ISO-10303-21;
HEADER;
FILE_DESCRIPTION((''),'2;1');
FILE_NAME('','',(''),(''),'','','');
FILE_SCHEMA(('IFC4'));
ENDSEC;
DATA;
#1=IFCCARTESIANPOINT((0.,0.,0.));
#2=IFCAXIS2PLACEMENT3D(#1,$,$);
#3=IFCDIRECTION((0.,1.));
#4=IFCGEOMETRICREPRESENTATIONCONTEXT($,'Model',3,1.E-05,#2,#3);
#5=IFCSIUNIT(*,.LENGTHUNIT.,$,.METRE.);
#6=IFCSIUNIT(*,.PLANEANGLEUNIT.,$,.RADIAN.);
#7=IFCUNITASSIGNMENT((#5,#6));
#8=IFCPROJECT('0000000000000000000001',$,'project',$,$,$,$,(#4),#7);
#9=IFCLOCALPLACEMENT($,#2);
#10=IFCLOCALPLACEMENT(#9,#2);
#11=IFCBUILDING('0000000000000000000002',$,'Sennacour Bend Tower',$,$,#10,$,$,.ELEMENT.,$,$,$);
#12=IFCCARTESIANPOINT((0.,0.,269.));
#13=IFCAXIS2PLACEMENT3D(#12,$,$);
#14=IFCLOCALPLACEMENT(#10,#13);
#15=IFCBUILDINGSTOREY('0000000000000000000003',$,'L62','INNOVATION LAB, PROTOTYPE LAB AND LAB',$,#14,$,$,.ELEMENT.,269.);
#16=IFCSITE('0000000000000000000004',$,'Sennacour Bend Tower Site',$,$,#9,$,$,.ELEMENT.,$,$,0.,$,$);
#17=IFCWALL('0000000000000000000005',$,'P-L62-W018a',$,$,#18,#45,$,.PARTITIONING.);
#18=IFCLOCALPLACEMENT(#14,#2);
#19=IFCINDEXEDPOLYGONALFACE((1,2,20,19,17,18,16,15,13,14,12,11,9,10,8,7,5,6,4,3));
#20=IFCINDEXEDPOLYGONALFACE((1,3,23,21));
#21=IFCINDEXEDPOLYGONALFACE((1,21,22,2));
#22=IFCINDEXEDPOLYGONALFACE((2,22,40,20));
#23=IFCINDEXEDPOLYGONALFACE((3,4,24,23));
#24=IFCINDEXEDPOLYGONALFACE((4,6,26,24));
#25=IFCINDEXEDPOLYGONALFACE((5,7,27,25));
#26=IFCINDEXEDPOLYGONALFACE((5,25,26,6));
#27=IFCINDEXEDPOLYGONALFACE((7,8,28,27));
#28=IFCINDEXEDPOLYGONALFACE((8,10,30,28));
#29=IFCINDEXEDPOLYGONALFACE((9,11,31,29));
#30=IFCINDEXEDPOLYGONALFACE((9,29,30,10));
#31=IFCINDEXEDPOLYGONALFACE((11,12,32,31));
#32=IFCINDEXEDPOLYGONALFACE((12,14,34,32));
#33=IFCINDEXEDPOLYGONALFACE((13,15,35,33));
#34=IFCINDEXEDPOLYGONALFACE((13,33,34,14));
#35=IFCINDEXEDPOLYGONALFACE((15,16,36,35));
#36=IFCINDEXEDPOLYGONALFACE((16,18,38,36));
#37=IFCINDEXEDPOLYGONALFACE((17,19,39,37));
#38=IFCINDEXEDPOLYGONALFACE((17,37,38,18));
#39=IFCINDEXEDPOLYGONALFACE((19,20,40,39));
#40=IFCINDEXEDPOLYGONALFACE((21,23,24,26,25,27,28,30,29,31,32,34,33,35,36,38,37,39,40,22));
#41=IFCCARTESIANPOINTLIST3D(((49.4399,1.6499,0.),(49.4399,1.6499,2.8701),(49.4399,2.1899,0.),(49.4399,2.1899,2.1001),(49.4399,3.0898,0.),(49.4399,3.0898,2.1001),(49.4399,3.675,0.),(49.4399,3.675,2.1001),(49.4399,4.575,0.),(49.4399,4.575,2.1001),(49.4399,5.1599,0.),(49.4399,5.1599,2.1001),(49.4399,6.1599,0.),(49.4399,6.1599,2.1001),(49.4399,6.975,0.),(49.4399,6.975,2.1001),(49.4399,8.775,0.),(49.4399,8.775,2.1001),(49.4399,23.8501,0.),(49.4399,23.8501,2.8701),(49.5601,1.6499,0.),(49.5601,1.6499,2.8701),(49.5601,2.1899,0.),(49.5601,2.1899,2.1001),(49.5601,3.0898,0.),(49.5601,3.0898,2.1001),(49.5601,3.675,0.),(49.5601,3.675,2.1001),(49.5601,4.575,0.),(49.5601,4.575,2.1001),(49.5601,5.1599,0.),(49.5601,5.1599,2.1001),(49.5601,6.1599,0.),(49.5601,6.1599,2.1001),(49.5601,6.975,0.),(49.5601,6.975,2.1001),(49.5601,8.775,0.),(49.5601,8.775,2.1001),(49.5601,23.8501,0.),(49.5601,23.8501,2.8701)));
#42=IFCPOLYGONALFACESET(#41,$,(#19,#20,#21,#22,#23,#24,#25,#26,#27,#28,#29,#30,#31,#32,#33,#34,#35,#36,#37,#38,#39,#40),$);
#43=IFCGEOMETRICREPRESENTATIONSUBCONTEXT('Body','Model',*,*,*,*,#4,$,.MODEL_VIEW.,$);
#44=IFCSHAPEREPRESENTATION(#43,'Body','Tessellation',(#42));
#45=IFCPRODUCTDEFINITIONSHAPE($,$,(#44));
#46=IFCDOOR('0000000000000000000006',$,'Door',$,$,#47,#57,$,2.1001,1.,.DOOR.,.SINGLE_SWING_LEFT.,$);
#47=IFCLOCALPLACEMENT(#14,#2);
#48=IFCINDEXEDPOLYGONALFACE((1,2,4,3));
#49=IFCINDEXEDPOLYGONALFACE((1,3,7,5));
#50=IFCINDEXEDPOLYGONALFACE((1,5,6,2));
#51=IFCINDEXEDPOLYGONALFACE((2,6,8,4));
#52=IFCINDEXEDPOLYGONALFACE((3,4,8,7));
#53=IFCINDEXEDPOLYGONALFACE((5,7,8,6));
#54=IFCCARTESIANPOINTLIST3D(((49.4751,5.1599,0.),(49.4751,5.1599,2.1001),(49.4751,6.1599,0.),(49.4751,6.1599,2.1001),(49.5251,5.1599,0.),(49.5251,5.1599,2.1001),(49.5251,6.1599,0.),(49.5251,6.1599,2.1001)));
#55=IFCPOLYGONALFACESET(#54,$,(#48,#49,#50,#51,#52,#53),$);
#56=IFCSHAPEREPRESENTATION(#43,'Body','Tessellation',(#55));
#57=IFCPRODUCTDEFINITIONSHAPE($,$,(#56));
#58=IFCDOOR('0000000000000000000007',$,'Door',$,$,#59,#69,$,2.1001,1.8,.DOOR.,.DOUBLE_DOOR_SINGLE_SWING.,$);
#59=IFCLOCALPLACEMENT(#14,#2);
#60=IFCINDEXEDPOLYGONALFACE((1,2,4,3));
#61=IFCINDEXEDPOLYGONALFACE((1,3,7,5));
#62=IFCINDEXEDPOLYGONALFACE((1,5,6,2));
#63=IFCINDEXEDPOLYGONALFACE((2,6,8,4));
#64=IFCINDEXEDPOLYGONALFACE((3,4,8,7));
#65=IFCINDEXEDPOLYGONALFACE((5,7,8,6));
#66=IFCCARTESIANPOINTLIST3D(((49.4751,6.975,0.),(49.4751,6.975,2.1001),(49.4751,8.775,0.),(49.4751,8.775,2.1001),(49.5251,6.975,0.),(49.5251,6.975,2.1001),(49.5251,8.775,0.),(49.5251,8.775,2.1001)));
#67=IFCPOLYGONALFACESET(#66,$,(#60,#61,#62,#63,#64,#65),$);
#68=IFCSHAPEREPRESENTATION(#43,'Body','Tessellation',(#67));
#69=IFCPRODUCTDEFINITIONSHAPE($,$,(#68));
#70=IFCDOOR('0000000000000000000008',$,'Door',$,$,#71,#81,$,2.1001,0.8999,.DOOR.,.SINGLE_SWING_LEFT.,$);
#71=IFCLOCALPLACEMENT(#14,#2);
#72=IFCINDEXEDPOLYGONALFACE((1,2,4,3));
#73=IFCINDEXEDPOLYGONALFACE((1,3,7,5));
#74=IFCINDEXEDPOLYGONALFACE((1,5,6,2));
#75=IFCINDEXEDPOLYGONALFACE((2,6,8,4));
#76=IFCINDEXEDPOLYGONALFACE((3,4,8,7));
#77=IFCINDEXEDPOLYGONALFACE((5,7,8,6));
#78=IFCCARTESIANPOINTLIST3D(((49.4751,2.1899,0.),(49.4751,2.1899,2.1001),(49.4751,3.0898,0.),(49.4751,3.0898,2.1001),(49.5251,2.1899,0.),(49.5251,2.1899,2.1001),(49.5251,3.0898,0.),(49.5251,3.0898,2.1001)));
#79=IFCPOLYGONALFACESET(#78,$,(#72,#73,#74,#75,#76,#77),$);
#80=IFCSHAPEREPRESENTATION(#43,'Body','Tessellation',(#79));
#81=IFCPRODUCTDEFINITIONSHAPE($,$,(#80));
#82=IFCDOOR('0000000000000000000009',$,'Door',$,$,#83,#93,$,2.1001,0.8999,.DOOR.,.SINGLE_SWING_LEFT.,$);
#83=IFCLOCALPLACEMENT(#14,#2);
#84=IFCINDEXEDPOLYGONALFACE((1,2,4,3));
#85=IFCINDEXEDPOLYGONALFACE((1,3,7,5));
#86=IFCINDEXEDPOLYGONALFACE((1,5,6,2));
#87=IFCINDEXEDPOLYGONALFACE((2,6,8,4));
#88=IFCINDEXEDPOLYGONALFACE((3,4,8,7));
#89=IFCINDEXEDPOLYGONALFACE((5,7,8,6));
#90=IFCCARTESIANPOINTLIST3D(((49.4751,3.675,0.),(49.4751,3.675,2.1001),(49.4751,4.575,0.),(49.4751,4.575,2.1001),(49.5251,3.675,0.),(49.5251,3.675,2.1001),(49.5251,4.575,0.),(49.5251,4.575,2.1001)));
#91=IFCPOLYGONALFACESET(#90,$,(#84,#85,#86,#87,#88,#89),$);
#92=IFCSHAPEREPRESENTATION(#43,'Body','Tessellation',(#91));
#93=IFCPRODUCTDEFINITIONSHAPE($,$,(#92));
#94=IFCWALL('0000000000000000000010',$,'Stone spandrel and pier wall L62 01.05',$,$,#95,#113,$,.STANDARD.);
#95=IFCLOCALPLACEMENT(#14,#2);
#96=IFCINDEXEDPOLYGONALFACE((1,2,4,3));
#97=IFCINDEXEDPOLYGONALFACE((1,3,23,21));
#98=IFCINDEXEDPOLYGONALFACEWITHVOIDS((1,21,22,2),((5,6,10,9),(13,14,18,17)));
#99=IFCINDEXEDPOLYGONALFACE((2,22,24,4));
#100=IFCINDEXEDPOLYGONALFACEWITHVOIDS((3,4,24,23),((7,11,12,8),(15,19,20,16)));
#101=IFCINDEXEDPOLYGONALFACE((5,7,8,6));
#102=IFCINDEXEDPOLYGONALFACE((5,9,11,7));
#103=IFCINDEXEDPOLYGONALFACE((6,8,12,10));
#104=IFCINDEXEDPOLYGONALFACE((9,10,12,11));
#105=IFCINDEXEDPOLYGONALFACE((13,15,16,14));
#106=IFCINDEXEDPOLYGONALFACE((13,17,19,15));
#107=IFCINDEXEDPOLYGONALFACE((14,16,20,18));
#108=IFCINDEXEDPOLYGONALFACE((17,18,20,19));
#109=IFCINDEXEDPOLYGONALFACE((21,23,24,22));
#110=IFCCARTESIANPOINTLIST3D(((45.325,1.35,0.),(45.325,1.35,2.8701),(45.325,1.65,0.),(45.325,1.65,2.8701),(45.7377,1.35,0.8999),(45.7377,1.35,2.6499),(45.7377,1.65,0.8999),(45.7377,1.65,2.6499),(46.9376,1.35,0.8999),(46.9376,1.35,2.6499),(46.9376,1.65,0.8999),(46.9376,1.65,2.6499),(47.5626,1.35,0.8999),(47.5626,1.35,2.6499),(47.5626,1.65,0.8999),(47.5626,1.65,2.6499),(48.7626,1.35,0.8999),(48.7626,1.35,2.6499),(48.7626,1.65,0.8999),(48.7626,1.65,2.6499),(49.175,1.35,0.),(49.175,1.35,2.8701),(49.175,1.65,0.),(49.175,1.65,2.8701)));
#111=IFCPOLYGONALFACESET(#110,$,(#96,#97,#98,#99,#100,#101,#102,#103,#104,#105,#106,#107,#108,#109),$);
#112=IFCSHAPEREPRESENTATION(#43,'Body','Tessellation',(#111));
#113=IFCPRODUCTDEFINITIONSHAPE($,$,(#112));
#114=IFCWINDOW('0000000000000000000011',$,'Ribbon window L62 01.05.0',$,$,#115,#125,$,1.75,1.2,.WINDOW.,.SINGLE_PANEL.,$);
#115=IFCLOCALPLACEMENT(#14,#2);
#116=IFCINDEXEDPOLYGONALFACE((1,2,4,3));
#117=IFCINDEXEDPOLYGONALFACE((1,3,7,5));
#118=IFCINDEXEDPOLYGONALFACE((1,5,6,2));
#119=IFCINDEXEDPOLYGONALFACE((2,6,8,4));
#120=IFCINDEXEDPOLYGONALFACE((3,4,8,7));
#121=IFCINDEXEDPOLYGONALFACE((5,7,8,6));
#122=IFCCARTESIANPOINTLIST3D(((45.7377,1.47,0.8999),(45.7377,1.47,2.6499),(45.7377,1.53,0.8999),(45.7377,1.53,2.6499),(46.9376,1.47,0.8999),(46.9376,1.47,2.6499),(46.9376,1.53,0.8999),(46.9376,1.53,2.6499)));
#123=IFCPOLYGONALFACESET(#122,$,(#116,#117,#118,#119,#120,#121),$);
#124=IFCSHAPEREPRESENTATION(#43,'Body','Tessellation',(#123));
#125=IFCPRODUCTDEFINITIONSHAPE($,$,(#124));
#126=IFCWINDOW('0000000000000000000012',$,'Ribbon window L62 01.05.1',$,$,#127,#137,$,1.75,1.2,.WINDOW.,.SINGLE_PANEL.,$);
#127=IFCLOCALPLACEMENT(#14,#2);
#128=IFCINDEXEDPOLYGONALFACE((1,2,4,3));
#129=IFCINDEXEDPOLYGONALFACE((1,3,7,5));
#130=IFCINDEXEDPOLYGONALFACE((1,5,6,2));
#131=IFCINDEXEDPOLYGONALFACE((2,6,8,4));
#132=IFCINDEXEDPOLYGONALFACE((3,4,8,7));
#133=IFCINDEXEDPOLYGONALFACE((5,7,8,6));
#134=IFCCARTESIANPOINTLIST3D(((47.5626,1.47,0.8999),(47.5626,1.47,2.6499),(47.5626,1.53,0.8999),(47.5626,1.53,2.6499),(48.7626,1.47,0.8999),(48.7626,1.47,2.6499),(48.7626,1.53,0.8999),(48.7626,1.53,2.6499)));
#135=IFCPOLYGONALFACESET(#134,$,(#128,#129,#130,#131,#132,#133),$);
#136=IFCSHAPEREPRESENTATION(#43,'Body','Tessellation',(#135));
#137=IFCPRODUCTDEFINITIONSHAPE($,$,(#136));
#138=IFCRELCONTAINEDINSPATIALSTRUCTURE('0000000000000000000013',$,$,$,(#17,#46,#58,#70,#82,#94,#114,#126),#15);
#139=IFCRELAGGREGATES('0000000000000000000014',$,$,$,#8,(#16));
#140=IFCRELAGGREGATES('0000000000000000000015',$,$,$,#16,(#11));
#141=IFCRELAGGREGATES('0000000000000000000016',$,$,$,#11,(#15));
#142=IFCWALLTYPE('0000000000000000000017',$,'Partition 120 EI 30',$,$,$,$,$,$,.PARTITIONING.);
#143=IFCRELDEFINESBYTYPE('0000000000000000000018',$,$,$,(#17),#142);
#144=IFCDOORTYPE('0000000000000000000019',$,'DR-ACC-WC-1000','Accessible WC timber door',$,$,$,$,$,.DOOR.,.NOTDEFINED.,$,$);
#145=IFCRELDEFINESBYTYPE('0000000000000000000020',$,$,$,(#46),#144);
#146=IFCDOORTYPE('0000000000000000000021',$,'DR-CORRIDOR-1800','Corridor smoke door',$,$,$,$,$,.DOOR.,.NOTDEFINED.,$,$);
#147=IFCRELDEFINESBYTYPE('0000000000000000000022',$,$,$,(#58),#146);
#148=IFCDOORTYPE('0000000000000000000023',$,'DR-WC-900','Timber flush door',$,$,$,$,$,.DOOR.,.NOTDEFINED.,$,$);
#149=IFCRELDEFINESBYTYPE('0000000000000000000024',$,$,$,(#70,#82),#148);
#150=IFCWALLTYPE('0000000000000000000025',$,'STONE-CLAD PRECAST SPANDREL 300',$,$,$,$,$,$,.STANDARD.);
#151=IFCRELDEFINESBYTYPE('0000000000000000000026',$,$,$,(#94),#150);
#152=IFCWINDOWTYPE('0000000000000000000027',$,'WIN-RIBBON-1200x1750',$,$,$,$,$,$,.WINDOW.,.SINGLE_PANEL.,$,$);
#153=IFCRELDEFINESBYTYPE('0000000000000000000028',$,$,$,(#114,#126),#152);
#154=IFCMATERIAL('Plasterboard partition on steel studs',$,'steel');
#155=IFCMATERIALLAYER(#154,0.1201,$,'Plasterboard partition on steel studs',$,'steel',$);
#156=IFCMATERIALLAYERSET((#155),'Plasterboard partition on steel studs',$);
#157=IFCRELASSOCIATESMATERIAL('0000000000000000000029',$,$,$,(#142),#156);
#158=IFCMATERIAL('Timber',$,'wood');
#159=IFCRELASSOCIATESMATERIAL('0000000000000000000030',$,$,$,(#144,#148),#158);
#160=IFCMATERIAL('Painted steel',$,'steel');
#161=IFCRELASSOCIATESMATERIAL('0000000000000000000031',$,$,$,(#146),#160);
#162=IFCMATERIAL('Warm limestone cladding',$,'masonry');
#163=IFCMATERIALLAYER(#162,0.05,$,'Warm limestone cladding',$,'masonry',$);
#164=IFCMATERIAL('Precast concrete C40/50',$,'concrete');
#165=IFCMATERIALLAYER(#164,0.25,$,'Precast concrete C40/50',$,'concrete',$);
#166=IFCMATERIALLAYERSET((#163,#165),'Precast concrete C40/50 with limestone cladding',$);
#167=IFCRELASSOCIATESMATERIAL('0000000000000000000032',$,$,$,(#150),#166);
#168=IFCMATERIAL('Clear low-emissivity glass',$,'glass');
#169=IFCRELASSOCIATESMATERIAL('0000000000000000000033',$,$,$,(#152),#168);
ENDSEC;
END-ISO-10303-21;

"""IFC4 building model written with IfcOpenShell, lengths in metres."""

from ifc_helpers import new_model, si_unit, direction, frame, frame_2d, origin, place, context, subcontext, project, spatial, rectangle, extrude, material, layer, layer_set, type_object, element, fill, save


model = new_model("IFC4")

# Units and contexts
model_context = context("Model", 3, precision=1e-05, world=origin(), true_north=direction((0.0, 1.0)))
body_context = subcontext(model_context, "Body", "Model", "MODEL_VIEW")
ifc_project = project(units=[si_unit("LENGTHUNIT", "METRE"), si_unit("PLANEANGLEUNIT", "RADIAN")], contexts=[model_context])

# Site, building, storey
site_placement = place(None, origin())
site = spatial("IfcSite", under=ifc_project, at=site_placement, Name="Sennacour Bend Tower Site", CompositionType="ELEMENT", RefElevation=0.0)
building_placement = place(site_placement, origin())
building = spatial("IfcBuilding", under=site, at=building_placement, Name="Sennacour Bend Tower", CompositionType="ELEMENT")
storey_placement = place(building_placement, frame((0.0, 0.0, 269.0)))
storey = spatial("IfcBuildingStorey", under=building, at=storey_placement, Name="L62", Description="INNOVATION LAB, PROTOTYPE LAB AND LAB", CompositionType="ELEMENT", Elevation=269.0)

# Shared definitions
ifc_material_1 = material(Name="Painted steel", Category="steel")

# Shared definitions
ifc_material_2 = material(Name="Plasterboard partition on steel studs", Category="steel")

# Wall, openings, doors
ifc_layer_1 = layer(ifc_material_2, 0.1201, Name="Plasterboard partition on steel studs", Category="steel")
ifc_layer_set_1 = layer_set([ifc_layer_1], Name="Plasterboard partition on steel studs")
wall_type_1 = type_object("IfcWallType", Name="Partition 120 EI 30", PredefinedType="PARTITIONING", material=ifc_layer_set_1)
wall_1_placement = place(storey_placement, frame((49.5, 1.6499, 0.0), z_axis=(0.0, 0.0, 1.0), x_axis=(0.0, 1.0, 0.0)))
wall_1 = element("IfcWall", 1, at=wall_1_placement, inside=storey, type_object=wall_type_1, Name="P-L62-W018a", PredefinedType="PARTITIONING", context=body_context, shape_type="SweptSolid", body=[
    extrude(rectangle(XDim=22.2002, YDim=0.1201, at=frame_2d((11.1001, 0.0))), origin(), (0.0, 0.0, 1.0), 2.8701),
])
opening_1_placement = place(wall_1_placement, frame((5.3252, 0.0, 0.0)))
opening_1 = element("IfcOpeningElement", 2, at=opening_1_placement, cuts=wall_1, PredefinedType="OPENING", context=body_context, shape_type="SweptSolid", body=[
    extrude(rectangle(XDim=1.8, YDim=2.1001, at=frame_2d((0.8999, 1.05))), frame((0.0, 0.0701, 0.0), z_axis=(0.0, -1.0, 0.0), x_axis=(1.0, 0.0, 0.0)), (0.0, 0.0, 1.0), 0.1401),
])
opening_2_placement = place(wall_1_placement, frame((0.54, 0.0, 0.0)))
opening_2 = element("IfcOpeningElement", 3, at=opening_2_placement, cuts=wall_1, PredefinedType="OPENING", context=body_context, shape_type="SweptSolid", body=[
    extrude(rectangle(XDim=0.8999, YDim=2.1001, at=frame_2d((0.45, 1.05))), frame((0.0, 0.0701, 0.0), z_axis=(0.0, -1.0, 0.0), x_axis=(1.0, 0.0, 0.0)), (0.0, 0.0, 1.0), 0.1401),
])
opening_3_placement = place(wall_1_placement, frame((2.0251, 0.0, 0.0)))
opening_3 = element("IfcOpeningElement", 4, at=opening_3_placement, cuts=wall_1, PredefinedType="OPENING", context=body_context, shape_type="SweptSolid", body=[
    extrude(rectangle(XDim=0.8999, YDim=2.1001, at=frame_2d((0.45, 1.05))), frame((0.0, 0.0701, 0.0), z_axis=(0.0, -1.0, 0.0), x_axis=(1.0, 0.0, 0.0)), (0.0, 0.0, 1.0), 0.1401),
])
opening_4_placement = place(wall_1_placement, frame((3.51, 0.0, 0.0)))
opening_4 = element("IfcOpeningElement", 5, at=opening_4_placement, cuts=wall_1, PredefinedType="OPENING", context=body_context, shape_type="SweptSolid", body=[
    extrude(rectangle(XDim=1.0, YDim=2.1001, at=frame_2d((0.5, 1.05))), frame((0.0, 0.0701, 0.0), z_axis=(0.0, -1.0, 0.0), x_axis=(1.0, 0.0, 0.0)), (0.0, 0.0, 1.0), 0.1401),
])
ifc_material_3 = material(Name="Timber", Category="wood")
door_type_1 = type_object("IfcDoorType", Name="DR-ACC-WC-1000", Description="Accessible WC timber door", OperationType="NOTDEFINED", PredefinedType="DOOR", material=ifc_material_3)
door_1_placement = place(opening_4_placement, origin())
door_1 = element("IfcDoor", 6, at=door_1_placement, inside=storey, type_object=door_type_1, Name="Door", OperationType="SINGLE_SWING_LEFT", OverallHeight=2.1001, OverallWidth=1.0, PredefinedType="DOOR", context=body_context, shape_type="SweptSolid", body=[
    extrude(rectangle(XDim=1.0, YDim=2.1001, at=frame_2d((0.5, 1.05))), frame((0.0, 0.0249, 0.0), z_axis=(0.0, -1.0, 0.0), x_axis=(1.0, 0.0, 0.0)), (0.0, 0.0, 1.0), 0.05),
])
fill(opening_4, door_1)
door_type_2 = type_object("IfcDoorType", Name="DR-CORRIDOR-1800", Description="Corridor smoke door", OperationType="NOTDEFINED", PredefinedType="DOOR", material=ifc_material_1)
door_2_placement = place(opening_1_placement, origin())
door_2 = element("IfcDoor", 7, at=door_2_placement, inside=storey, type_object=door_type_2, Name="Door", OperationType="DOUBLE_DOOR_SINGLE_SWING", OverallHeight=2.1001, OverallWidth=1.8, PredefinedType="DOOR", context=body_context, shape_type="SweptSolid", body=[
    extrude(rectangle(XDim=1.8, YDim=2.1001, at=frame_2d((0.8999, 1.05))), frame((0.0, 0.0249, 0.0), z_axis=(0.0, -1.0, 0.0), x_axis=(1.0, 0.0, 0.0)), (0.0, 0.0, 1.0), 0.05),
])
fill(opening_1, door_2)
door_type_3 = type_object("IfcDoorType", Name="DR-WC-900", Description="Timber flush door", OperationType="NOTDEFINED", PredefinedType="DOOR", material=ifc_material_3)
door_3_placement = place(opening_2_placement, origin())
door_3 = element("IfcDoor", 8, at=door_3_placement, inside=storey, type_object=door_type_3, Name="Door", OperationType="SINGLE_SWING_LEFT", OverallHeight=2.1001, OverallWidth=0.8999, PredefinedType="DOOR", context=body_context, shape_type="SweptSolid", body=[
    extrude(rectangle(XDim=0.8999, YDim=2.1001, at=frame_2d((0.45, 1.05))), frame((0.0, 0.0249, 0.0), z_axis=(0.0, -1.0, 0.0), x_axis=(1.0, 0.0, 0.0)), (0.0, 0.0, 1.0), 0.05),
])
fill(opening_2, door_3)
door_4_placement = place(opening_3_placement, origin())
door_4 = element("IfcDoor", 9, at=door_4_placement, inside=storey, type_object=door_type_3, Name="Door", OperationType="SINGLE_SWING_LEFT", OverallHeight=2.1001, OverallWidth=0.8999, PredefinedType="DOOR", context=body_context, shape_type="SweptSolid", body=[
    extrude(rectangle(XDim=0.8999, YDim=2.1001, at=frame_2d((0.45, 1.05))), frame((0.0, 0.0249, 0.0), z_axis=(0.0, -1.0, 0.0), x_axis=(1.0, 0.0, 0.0)), (0.0, 0.0, 1.0), 0.05),
])
fill(opening_3, door_4)

# Wall, openings, windows
ifc_material_4 = material(Name="Warm limestone cladding", Category="masonry")
ifc_layer_2 = layer(ifc_material_4, 0.05, Name="Warm limestone cladding", Category="masonry")
ifc_material_5 = material(Name="Precast concrete C40/50", Category="concrete")
ifc_layer_3 = layer(ifc_material_5, 0.25, Name="Precast concrete C40/50", Category="concrete")
ifc_layer_set_2 = layer_set([ifc_layer_2, ifc_layer_3], Name="Precast concrete C40/50 with limestone cladding")
wall_type_2 = type_object("IfcWallType", Name="STONE-CLAD PRECAST SPANDREL 300", PredefinedType="STANDARD", material=ifc_layer_set_2)
wall_2_placement = place(storey_placement, frame((45.325, 1.5, 0.0), z_axis=(0.0, 0.0, 1.0), x_axis=(1.0, 0.0, 0.0)))
wall_2 = element("IfcWall", 10, at=wall_2_placement, inside=storey, type_object=wall_type_2, Name="Stone spandrel and pier wall L62 01.05", PredefinedType="STANDARD", context=body_context, shape_type="SweptSolid", body=[
    extrude(rectangle(XDim=3.8501, YDim=0.3, at=frame_2d((1.925, 0.0))), origin(), (0.0, 0.0, 1.0), 2.8701),
])
opening_5_placement = place(wall_2_placement, frame((0.4126, 0.0, 0.8999)))
opening_5 = element("IfcOpeningElement", 11, at=opening_5_placement, cuts=wall_2, PredefinedType="OPENING", context=body_context, shape_type="SweptSolid", body=[
    extrude(rectangle(XDim=1.2, YDim=1.75, at=frame_2d((0.6001, 0.875))), frame((0.0, 0.1602, 0.0), z_axis=(0.0, -1.0, 0.0), x_axis=(1.0, 0.0, 0.0)), (0.0, 0.0, 1.0), 0.3201),
])
opening_6_placement = place(wall_2_placement, frame((2.2375, 0.0, 0.8999)))
opening_6 = element("IfcOpeningElement", 12, at=opening_6_placement, cuts=wall_2, PredefinedType="OPENING", context=body_context, shape_type="SweptSolid", body=[
    extrude(rectangle(XDim=1.2, YDim=1.75, at=frame_2d((0.6001, 0.875))), frame((0.0, 0.1602, 0.0), z_axis=(0.0, -1.0, 0.0), x_axis=(1.0, 0.0, 0.0)), (0.0, 0.0, 1.0), 0.3201),
])
ifc_material_6 = material(Name="Clear low-emissivity glass", Category="glass")
window_type_1 = type_object("IfcWindowType", Name="WIN-RIBBON-1200x1750", PartitioningType="SINGLE_PANEL", PredefinedType="WINDOW", material=ifc_material_6)
window_1_placement = place(opening_5_placement, origin())
window_1 = element("IfcWindow", 13, at=window_1_placement, inside=storey, type_object=window_type_1, Name="Ribbon window L62 01.05.0", OverallHeight=1.75, OverallWidth=1.2, PartitioningType="SINGLE_PANEL", PredefinedType="WINDOW", context=body_context, shape_type="SweptSolid", body=[
    extrude(rectangle(XDim=1.2, YDim=1.75, at=frame_2d((0.6001, 0.875))), frame((0.0, 0.03, 0.0), z_axis=(0.0, -1.0, 0.0), x_axis=(1.0, 0.0, 0.0)), (0.0, 0.0, 1.0), 0.0601),
])
fill(opening_5, window_1)
window_2_placement = place(opening_6_placement, origin())
window_2 = element("IfcWindow", 14, at=window_2_placement, inside=storey, type_object=window_type_1, Name="Ribbon window L62 01.05.1", OverallHeight=1.75, OverallWidth=1.2, PartitioningType="SINGLE_PANEL", PredefinedType="WINDOW", context=body_context, shape_type="SweptSolid", body=[
    extrude(rectangle(XDim=1.2, YDim=1.75, at=frame_2d((0.6001, 0.875))), frame((0.0, 0.03, 0.0), z_axis=(0.0, -1.0, 0.0), x_axis=(1.0, 0.0, 0.0)), (0.0, 0.0, 1.0), 0.0601),
])
fill(opening_6, window_2)

save(model, "model.ifc")
